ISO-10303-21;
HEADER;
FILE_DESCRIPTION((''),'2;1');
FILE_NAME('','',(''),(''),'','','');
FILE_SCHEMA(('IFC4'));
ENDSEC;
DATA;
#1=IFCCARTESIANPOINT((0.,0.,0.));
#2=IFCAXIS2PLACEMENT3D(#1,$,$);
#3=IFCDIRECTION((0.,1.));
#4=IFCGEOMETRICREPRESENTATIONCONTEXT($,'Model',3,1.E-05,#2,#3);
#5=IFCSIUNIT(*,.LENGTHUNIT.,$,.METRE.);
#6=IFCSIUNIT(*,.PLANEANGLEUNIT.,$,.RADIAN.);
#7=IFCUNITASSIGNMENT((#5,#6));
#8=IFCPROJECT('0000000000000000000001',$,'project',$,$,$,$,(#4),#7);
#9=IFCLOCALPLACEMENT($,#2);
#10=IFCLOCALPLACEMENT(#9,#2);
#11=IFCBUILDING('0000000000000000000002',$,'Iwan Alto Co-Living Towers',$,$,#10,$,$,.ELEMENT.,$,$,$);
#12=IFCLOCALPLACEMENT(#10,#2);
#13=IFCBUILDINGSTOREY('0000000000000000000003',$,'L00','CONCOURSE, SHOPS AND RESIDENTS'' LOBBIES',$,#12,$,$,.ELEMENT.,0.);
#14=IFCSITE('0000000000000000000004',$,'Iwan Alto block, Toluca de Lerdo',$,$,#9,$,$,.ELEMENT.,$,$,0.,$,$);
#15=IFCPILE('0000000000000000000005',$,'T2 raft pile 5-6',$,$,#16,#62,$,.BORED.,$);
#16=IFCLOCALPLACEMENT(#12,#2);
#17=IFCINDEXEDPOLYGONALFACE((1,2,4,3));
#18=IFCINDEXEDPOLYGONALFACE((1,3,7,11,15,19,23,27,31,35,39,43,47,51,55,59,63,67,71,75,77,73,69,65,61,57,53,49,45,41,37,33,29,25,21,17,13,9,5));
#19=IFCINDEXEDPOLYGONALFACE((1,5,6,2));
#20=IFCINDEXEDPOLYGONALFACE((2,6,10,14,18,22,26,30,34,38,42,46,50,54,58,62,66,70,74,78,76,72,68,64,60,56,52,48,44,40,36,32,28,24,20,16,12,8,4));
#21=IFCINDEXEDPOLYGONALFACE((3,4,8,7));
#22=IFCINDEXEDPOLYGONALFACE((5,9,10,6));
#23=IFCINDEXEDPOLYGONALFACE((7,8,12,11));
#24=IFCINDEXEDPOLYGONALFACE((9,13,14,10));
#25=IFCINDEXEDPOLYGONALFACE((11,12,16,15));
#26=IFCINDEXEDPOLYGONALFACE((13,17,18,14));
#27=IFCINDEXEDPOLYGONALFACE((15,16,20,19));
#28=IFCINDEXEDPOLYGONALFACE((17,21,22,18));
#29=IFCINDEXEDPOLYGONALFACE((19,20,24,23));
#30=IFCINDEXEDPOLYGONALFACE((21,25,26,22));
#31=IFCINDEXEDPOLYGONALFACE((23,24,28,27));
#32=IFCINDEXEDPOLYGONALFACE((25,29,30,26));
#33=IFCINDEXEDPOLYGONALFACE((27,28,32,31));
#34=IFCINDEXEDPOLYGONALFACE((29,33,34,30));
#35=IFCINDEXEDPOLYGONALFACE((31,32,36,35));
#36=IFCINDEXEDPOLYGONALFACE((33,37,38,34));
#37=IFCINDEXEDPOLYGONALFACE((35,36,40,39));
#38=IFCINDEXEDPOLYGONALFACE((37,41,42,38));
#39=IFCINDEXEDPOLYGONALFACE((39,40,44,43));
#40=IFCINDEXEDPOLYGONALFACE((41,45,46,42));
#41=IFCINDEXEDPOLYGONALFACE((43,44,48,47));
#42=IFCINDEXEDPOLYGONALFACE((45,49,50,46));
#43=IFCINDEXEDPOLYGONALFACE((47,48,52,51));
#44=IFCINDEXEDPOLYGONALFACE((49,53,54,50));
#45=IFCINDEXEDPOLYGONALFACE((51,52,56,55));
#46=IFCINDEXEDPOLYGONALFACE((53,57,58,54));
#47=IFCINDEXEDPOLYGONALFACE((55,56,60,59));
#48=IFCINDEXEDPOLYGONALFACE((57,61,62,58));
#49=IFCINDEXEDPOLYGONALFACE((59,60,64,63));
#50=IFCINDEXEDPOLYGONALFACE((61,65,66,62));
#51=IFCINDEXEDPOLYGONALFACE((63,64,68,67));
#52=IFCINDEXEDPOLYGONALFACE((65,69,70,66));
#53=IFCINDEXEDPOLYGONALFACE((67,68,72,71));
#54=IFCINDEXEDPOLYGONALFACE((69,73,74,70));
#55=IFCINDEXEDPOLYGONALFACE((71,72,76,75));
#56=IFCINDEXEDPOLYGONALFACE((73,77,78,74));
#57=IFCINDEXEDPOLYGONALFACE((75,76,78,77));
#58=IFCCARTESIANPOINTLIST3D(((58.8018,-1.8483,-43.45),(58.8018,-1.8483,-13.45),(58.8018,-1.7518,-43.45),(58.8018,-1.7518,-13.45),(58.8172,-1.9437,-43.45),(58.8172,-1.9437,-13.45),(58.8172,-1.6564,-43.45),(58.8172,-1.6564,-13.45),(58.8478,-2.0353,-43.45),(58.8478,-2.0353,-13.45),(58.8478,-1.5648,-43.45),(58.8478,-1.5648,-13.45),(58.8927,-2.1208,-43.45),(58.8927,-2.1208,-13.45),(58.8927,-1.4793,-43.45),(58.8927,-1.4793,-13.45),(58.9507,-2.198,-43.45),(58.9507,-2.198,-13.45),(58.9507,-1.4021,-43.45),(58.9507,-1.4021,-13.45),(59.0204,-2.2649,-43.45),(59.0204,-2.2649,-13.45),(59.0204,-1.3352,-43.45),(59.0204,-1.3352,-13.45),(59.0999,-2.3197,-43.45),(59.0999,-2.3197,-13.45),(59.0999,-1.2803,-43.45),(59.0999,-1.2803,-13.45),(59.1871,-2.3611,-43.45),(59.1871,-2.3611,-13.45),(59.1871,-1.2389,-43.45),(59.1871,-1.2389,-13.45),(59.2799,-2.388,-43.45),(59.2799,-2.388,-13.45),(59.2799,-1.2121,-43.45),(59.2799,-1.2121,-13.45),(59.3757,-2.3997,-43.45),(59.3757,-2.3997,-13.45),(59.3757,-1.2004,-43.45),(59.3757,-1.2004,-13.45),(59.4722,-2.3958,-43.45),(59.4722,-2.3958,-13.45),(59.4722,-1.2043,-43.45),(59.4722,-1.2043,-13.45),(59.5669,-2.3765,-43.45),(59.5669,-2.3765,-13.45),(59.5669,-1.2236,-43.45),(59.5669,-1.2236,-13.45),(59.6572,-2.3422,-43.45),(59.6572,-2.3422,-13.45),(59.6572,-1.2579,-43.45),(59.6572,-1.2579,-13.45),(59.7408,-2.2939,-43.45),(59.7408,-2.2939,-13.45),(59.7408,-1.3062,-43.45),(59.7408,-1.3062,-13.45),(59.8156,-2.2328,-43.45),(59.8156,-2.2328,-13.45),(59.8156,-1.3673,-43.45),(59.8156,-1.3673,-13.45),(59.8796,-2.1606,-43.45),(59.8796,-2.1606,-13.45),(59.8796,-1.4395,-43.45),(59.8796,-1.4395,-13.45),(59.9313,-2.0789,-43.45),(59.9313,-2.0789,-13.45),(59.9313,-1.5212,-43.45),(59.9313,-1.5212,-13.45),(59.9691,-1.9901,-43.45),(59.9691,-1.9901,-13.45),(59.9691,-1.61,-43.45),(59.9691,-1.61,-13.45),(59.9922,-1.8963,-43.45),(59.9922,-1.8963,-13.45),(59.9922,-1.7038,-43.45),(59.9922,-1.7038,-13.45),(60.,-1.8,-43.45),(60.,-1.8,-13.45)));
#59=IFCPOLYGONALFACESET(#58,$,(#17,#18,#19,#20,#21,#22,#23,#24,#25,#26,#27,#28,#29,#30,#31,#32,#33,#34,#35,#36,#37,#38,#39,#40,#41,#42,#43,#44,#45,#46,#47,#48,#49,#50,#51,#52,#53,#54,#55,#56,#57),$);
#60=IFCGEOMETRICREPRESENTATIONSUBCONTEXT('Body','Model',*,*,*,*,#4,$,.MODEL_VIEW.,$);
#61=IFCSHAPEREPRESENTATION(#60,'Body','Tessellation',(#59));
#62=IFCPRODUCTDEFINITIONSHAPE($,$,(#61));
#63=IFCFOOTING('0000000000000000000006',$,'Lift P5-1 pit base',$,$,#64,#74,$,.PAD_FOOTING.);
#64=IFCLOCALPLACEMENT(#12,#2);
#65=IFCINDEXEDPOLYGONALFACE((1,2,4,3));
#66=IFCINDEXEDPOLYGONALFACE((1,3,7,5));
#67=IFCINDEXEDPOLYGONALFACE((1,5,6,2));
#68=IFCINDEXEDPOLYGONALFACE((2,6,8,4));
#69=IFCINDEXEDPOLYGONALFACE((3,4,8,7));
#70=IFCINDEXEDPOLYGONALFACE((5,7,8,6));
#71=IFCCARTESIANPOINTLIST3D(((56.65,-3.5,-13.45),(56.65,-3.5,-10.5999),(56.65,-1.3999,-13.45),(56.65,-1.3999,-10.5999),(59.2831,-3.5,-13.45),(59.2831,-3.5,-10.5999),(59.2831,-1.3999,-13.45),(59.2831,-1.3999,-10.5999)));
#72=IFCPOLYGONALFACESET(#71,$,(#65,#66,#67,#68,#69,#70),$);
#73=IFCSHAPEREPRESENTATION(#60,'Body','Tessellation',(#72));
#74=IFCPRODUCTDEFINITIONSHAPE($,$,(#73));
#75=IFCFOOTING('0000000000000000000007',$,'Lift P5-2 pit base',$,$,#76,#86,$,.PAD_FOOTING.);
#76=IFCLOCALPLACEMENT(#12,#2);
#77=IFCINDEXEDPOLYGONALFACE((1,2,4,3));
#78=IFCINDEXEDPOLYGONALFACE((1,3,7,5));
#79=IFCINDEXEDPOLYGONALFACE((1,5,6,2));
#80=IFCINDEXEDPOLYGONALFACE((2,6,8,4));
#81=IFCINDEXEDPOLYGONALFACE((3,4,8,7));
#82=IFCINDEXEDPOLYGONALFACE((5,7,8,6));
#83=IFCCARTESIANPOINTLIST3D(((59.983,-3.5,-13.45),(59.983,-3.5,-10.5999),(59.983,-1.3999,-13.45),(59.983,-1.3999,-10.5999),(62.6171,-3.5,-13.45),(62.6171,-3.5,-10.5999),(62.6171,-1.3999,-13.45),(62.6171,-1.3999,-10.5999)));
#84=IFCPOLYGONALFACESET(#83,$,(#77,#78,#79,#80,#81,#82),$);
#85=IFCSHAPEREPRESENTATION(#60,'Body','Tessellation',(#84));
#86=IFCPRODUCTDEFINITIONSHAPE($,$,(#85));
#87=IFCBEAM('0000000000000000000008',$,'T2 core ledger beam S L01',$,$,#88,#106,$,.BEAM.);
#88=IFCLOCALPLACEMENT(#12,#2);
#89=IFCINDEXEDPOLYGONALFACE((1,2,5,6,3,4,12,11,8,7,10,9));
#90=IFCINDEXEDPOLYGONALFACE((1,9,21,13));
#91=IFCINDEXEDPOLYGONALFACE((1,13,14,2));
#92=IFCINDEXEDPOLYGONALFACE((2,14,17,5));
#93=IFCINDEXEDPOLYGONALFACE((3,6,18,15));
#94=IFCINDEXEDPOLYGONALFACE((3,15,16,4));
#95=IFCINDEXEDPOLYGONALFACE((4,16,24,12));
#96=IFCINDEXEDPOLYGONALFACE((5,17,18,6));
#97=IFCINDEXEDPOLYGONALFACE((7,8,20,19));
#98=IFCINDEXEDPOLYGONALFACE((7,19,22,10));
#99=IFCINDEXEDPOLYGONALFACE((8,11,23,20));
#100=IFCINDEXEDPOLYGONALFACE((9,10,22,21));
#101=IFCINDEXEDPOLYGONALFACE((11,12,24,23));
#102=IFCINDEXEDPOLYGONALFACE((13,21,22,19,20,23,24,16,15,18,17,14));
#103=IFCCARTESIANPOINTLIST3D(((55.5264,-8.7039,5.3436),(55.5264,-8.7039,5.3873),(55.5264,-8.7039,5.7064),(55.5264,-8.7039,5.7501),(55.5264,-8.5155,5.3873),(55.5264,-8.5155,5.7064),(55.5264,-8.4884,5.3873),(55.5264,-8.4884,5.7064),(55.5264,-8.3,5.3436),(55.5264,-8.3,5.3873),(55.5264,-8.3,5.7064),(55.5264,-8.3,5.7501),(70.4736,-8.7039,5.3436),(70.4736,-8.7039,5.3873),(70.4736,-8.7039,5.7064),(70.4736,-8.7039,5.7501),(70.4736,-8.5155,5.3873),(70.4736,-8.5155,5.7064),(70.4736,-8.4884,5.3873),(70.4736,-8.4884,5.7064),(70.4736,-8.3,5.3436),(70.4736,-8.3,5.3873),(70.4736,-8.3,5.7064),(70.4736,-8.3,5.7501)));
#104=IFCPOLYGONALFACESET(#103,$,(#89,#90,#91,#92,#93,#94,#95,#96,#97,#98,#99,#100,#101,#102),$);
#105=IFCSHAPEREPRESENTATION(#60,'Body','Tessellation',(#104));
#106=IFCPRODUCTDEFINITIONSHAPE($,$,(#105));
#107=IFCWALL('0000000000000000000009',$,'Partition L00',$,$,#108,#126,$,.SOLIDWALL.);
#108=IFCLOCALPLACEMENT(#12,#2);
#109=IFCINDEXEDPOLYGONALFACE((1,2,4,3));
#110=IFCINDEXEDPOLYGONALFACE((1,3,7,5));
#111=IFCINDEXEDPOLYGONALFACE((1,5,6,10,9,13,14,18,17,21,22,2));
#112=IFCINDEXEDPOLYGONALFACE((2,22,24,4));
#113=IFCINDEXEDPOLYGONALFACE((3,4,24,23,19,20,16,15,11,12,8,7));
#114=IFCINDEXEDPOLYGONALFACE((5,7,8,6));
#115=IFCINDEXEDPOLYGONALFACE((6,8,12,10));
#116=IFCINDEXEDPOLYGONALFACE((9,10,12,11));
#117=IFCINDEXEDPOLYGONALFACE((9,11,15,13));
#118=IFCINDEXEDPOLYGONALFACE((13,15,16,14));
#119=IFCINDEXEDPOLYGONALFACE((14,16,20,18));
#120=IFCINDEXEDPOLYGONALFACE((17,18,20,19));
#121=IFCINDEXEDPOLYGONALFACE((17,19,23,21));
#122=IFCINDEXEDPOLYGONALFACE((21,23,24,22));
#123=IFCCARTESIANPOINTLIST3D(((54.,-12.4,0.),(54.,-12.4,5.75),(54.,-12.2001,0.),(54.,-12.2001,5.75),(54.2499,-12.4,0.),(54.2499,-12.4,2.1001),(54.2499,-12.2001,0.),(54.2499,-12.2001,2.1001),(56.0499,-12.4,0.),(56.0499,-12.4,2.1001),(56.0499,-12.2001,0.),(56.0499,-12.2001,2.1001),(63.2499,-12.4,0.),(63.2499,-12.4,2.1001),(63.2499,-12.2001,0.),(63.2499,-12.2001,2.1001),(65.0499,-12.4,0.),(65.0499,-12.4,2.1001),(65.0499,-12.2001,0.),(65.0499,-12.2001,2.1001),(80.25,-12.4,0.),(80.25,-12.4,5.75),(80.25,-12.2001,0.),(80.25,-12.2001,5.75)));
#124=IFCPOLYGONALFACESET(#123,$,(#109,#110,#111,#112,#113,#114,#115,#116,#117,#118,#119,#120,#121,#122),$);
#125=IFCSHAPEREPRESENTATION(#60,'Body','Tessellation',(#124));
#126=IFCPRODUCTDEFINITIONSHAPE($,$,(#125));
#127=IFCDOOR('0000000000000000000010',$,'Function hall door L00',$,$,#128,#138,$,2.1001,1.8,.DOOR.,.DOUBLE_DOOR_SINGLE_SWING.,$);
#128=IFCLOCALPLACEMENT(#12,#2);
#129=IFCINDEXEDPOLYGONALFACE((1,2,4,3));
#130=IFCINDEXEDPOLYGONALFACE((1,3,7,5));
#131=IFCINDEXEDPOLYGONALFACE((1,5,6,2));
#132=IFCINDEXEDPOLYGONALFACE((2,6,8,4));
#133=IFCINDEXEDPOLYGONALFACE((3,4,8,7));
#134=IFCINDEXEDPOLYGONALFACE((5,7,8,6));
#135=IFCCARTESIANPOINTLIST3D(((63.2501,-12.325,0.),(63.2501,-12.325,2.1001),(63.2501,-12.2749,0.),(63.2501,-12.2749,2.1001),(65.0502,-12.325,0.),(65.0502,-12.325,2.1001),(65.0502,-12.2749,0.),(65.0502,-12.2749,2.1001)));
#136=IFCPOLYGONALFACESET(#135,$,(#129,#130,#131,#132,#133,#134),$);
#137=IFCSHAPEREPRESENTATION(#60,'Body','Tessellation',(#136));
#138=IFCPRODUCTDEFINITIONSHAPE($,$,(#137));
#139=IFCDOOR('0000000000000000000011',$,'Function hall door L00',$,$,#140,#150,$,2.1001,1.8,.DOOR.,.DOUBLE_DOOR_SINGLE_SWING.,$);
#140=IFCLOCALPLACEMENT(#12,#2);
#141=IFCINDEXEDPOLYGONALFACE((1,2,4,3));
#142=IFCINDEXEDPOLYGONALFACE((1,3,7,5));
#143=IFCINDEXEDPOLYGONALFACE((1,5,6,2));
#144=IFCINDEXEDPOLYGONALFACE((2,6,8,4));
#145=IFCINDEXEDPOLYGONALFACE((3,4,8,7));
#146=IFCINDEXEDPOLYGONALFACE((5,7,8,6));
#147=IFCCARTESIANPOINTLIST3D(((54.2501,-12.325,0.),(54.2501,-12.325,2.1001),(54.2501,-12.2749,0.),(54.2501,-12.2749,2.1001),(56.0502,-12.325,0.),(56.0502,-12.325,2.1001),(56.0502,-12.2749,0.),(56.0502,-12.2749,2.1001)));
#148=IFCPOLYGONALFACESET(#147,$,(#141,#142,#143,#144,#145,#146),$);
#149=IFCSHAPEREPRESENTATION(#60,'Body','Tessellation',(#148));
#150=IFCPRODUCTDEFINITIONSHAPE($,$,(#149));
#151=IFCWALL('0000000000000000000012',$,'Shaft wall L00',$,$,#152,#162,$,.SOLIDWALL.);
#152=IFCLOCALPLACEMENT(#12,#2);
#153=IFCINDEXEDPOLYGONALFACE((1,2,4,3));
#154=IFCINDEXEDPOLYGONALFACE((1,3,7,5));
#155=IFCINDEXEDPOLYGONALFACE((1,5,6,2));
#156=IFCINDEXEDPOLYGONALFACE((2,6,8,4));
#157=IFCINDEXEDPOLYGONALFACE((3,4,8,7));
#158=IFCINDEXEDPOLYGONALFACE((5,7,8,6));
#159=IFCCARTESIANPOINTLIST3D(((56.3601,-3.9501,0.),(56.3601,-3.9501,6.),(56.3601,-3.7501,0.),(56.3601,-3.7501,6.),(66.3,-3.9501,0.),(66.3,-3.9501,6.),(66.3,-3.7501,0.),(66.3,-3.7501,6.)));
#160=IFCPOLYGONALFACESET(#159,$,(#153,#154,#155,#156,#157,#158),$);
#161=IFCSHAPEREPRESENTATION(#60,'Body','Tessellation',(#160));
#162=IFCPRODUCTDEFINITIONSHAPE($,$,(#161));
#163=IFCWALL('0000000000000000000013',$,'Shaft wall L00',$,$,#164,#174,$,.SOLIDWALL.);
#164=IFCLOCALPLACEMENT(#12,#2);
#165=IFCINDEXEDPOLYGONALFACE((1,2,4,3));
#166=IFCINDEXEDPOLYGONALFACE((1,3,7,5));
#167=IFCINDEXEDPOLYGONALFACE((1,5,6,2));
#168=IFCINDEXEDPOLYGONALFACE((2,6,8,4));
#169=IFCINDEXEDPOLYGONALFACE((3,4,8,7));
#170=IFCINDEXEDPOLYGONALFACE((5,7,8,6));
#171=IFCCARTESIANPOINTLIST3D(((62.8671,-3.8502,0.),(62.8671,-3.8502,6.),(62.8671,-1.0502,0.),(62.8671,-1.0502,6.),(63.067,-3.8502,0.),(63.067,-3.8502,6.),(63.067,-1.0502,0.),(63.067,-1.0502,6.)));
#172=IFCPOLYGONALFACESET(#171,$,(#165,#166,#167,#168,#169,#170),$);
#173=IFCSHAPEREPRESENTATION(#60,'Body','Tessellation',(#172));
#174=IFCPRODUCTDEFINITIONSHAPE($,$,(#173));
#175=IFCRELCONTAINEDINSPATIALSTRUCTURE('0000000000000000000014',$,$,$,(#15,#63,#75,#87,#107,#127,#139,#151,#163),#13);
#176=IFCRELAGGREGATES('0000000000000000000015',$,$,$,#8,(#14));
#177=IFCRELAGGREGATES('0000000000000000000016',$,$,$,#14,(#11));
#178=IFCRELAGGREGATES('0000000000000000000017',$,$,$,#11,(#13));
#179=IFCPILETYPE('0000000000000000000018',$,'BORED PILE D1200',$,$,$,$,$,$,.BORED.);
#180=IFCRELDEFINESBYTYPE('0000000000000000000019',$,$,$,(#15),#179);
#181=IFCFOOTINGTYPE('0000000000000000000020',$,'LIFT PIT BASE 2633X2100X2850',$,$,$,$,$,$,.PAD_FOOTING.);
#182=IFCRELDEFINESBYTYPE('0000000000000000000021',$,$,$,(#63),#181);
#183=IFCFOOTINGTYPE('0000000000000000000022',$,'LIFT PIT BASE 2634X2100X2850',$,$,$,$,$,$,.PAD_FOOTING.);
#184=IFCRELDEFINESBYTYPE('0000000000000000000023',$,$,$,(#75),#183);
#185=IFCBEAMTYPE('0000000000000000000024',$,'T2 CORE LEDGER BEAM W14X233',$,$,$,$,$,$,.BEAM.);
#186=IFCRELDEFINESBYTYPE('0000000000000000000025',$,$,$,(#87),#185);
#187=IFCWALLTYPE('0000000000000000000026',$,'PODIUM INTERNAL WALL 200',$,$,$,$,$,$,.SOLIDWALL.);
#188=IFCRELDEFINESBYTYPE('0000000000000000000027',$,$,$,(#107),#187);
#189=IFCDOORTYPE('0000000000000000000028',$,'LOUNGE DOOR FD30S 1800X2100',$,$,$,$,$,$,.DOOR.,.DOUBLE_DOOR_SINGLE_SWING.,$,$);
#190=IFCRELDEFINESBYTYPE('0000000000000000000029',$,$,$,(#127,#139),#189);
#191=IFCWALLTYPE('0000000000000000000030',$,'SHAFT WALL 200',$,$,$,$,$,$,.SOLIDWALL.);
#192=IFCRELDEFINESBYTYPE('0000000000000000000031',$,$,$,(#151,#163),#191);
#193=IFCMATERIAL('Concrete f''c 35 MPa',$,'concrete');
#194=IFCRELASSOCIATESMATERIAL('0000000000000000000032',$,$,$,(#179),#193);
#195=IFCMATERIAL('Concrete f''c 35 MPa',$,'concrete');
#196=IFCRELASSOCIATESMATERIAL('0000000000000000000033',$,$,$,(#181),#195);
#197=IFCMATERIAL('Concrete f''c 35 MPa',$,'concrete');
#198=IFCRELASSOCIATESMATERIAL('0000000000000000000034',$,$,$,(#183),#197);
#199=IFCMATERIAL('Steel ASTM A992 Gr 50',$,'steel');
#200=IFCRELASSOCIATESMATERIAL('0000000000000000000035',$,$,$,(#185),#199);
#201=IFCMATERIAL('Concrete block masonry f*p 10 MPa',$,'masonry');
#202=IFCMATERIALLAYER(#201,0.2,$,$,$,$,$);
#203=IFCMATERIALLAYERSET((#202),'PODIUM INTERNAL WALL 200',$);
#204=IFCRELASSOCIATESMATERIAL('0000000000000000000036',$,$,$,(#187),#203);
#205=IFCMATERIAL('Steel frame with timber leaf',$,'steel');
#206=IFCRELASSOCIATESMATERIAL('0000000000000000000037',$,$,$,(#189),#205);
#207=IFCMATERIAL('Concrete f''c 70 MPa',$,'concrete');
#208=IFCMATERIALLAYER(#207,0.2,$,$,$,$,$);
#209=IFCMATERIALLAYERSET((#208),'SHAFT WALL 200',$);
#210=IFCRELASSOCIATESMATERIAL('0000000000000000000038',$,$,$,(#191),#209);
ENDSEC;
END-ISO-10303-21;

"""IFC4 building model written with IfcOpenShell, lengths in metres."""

from ifc_helpers import new_model, si_unit, direction, frame, frame_2d, origin, origin_2d, place, context, subcontext, project, spatial, rectangle, circle, i_section, extrude, material, layer, layer_set, material_profile, profile_set, type_object, element, fill, save


model = new_model("IFC4")

# Units and contexts
model_context = context("Model", 3, precision=1e-05, world=origin(), true_north=direction((0.0, 1.0)))
body_context = subcontext(model_context, "Body", "Model", "MODEL_VIEW")
ifc_project = project(units=[si_unit("LENGTHUNIT", "METRE"), si_unit("PLANEANGLEUNIT", "RADIAN")], contexts=[model_context])

# Site, building, storey
site_placement = place(None, origin())
site = spatial("IfcSite", under=ifc_project, at=site_placement, Name="Iwan Alto block, Toluca de Lerdo", CompositionType="ELEMENT", RefElevation=0.0)
building_placement = place(site_placement, origin())
building = spatial("IfcBuilding", under=site, at=building_placement, Name="Iwan Alto Co-Living Towers", CompositionType="ELEMENT")
storey_placement = place(building_placement, origin())
storey = spatial("IfcBuildingStorey", under=building, at=storey_placement, Name="L00", Description="CONCOURSE, SHOPS AND RESIDENTS' LOBBIES", CompositionType="ELEMENT", Elevation=0.0)

# Pile
ifc_material_1 = material(Name="Concrete f'c 35 MPa", Category="concrete")
ifc_material_profile_1 = material_profile(ifc_material_1, circle(Radius=0.6001, at=origin_2d()), Name="D1200")
ifc_profile_set_1 = profile_set([ifc_material_profile_1], Name="Concrete f'c 35 MPa")
pile_type = type_object("IfcPileType", Name="BORED PILE D1200", PredefinedType="BORED", material=ifc_profile_set_1)
for number, where, z_axis, x_axis, name in (
    (1, (59.3999, -1.8, -13.45), (0.0, 0.0, -1.0), (1.0, 0.0, 0.0), "T2 raft pile 5-6"),
):
    element("IfcPile", number, at=place(storey_placement, frame(where, z_axis=z_axis, x_axis=x_axis)), inside=storey, type_object=pile_type, Name=name, PredefinedType="BORED", context=body_context, shape_type="SweptSolid", body=[
        extrude(circle(Radius=0.6001, at=origin_2d()), origin(), (0.0, 0.0, 1.0), 30.0),
    ])

# Footings
ifc_material_2 = material(Name="Concrete f'c 35 MPa", Category="concrete")
footing_type_1 = type_object("IfcFootingType", Name="LIFT PIT BASE 2633X2100X2850", PredefinedType="PAD_FOOTING", material=ifc_material_2)
footing_1_placement = place(storey_placement, frame((57.9666, -2.45, -13.45), z_axis=(0.0, 0.0, 1.0), x_axis=(1.0, 0.0, 0.0)))
element("IfcFooting", 2, at=footing_1_placement, inside=storey, type_object=footing_type_1, Name="Lift P5-1 pit base", PredefinedType="PAD_FOOTING", context=body_context, shape_type="SweptSolid", body=[
    extrude(rectangle(XDim=2.6331, YDim=2.1001, at=origin_2d()), origin(), (0.0, 0.0, 1.0), 2.8501),
])
ifc_material_3 = material(Name="Concrete f'c 35 MPa", Category="concrete")
footing_type_2 = type_object("IfcFootingType", Name="LIFT PIT BASE 2634X2100X2850", PredefinedType="PAD_FOOTING", material=ifc_material_3)
footing_2_placement = place(storey_placement, frame((61.3, -2.45, -13.45), z_axis=(0.0, 0.0, 1.0), x_axis=(1.0, 0.0, 0.0)))
element("IfcFooting", 3, at=footing_2_placement, inside=storey, type_object=footing_type_2, Name="Lift P5-2 pit base", PredefinedType="PAD_FOOTING", context=body_context, shape_type="SweptSolid", body=[
    extrude(rectangle(XDim=2.634, YDim=2.1001, at=origin_2d()), origin(), (0.0, 0.0, 1.0), 2.8501),
])

# Beam
ifc_material_4 = material(Name="Steel ASTM A992 Gr 50", Category="steel")
ifc_material_profile_2 = material_profile(ifc_material_4, i_section(OverallWidth=0.4038, OverallDepth=0.4065, WebThickness=0.0271, FlangeThickness=0.0437, at=origin_2d()), Name="W14X233")
ifc_profile_set_2 = profile_set([ifc_material_profile_2], Name="Steel ASTM A992 Gr 50")
beam_type = type_object("IfcBeamType", Name="T2 CORE LEDGER BEAM W14X233", PredefinedType="BEAM", material=ifc_profile_set_2)
beam_placement = place(storey_placement, frame((55.5264, -8.502, 5.5469), z_axis=(1.0, 0.0, 0.0), x_axis=(0.0, 1.0, 0.0)))
element("IfcBeam", 4, at=beam_placement, inside=storey, type_object=beam_type, Name="T2 core ledger beam S L01", PredefinedType="BEAM", context=body_context, shape_type="SweptSolid", body=[
    extrude(i_section(OverallWidth=0.4038, OverallDepth=0.4065, WebThickness=0.0271, FlangeThickness=0.0437, at=origin_2d()), origin(), (0.0, 0.0, 1.0), 14.9473),
])

# Wall, openings, doors
ifc_material_5 = material(Name="Concrete block masonry f*p 10 MPa", Category="masonry")
ifc_layer_1 = layer(ifc_material_5, 0.2)
ifc_layer_set_1 = layer_set([ifc_layer_1], Name="PODIUM INTERNAL WALL 200")
wall_type_1 = type_object("IfcWallType", Name="PODIUM INTERNAL WALL 200", PredefinedType="SOLIDWALL", material=ifc_layer_set_1)
wall_1_placement = place(storey_placement, frame((54.0, -12.3, 0.0), z_axis=(0.0, 0.0, 1.0), x_axis=(1.0, 0.0, 0.0)))
wall_1 = element("IfcWall", 5, at=wall_1_placement, inside=storey, type_object=wall_type_1, Name="Partition L00", PredefinedType="SOLIDWALL", context=body_context, shape_type="SweptSolid", body=[
    extrude(rectangle(XDim=26.25, YDim=0.2, at=frame_2d((13.125, 0.0))), origin(), (0.0, 0.0, 1.0), 5.75),
])
opening_1_placement = place(wall_1_placement, frame((9.25, 0.0, 0.0)))
opening_1 = element("IfcOpeningElement", 6, at=opening_1_placement, cuts=wall_1, PredefinedType="OPENING", context=body_context, shape_type="SweptSolid", body=[
    extrude(rectangle(XDim=1.8, YDim=2.1001, at=frame_2d((0.8999, 1.05))), frame((0.0, 0.1099, 0.0), z_axis=(0.0, -1.0, 0.0), x_axis=(1.0, 0.0, 0.0)), (0.0, 0.0, 1.0), 0.22),
])
opening_2_placement = place(wall_1_placement, frame((0.25, 0.0, 0.0)))
opening_2 = element("IfcOpeningElement", 7, at=opening_2_placement, cuts=wall_1, PredefinedType="OPENING", context=body_context, shape_type="SweptSolid", body=[
    extrude(rectangle(XDim=1.8, YDim=2.1001, at=frame_2d((0.8999, 1.05))), frame((0.0, 0.1099, 0.0), z_axis=(0.0, -1.0, 0.0), x_axis=(1.0, 0.0, 0.0)), (0.0, 0.0, 1.0), 0.22),
])
ifc_material_6 = material(Name="Steel frame with timber leaf", Category="steel")
door_type_1 = type_object("IfcDoorType", Name="LOUNGE DOOR FD30S 1800X2100", OperationType="DOUBLE_DOOR_SINGLE_SWING", PredefinedType="DOOR", material=ifc_material_6)
door_1_placement = place(opening_1_placement, frame((1.8, 0.0, 0.0), z_axis=(0.0, 0.0, 1.0), x_axis=(-1.0, 0.0, 0.0)))
door_1 = element("IfcDoor", 8, at=door_1_placement, inside=storey, type_object=door_type_1, Name="Function hall door L00", OperationType="DOUBLE_DOOR_SINGLE_SWING", OverallHeight=2.1001, OverallWidth=1.8, PredefinedType="DOOR", context=body_context, shape_type="SweptSolid", body=[
    extrude(rectangle(XDim=1.8, YDim=2.1001, at=frame_2d((0.8999, 1.05))), frame((0.0, 0.0249, 0.0), z_axis=(0.0, -1.0, 0.0), x_axis=(1.0, 0.0, 0.0)), (0.0, 0.0, 1.0), 0.05),
])
fill(opening_1, door_1)
door_2_placement = place(opening_2_placement, frame((1.8, 0.0, 0.0), z_axis=(0.0, 0.0, 1.0), x_axis=(-1.0, 0.0, 0.0)))
door_2 = element("IfcDoor", 9, at=door_2_placement, inside=storey, type_object=door_type_1, Name="Function hall door L00", OperationType="DOUBLE_DOOR_SINGLE_SWING", OverallHeight=2.1001, OverallWidth=1.8, PredefinedType="DOOR", context=body_context, shape_type="SweptSolid", body=[
    extrude(rectangle(XDim=1.8, YDim=2.1001, at=frame_2d((0.8999, 1.05))), frame((0.0, 0.0249, 0.0), z_axis=(0.0, -1.0, 0.0), x_axis=(1.0, 0.0, 0.0)), (0.0, 0.0, 1.0), 0.05),
])
fill(opening_2, door_2)

# Walls
ifc_material_7 = material(Name="Concrete f'c 70 MPa", Category="concrete")
ifc_layer_2 = layer(ifc_material_7, 0.2)
ifc_layer_set_2 = layer_set([ifc_layer_2], Name="SHAFT WALL 200")
wall_type_2 = type_object("IfcWallType", Name="SHAFT WALL 200", PredefinedType="SOLIDWALL", material=ifc_layer_set_2)
wall_2_placement = place(storey_placement, frame((56.3601, -3.8501, 0.0), z_axis=(0.0, 0.0, 1.0), x_axis=(1.0, 0.0, 0.0)))
element("IfcWall", 10, at=wall_2_placement, inside=storey, type_object=wall_type_2, Name="Shaft wall L00", PredefinedType="SOLIDWALL", context=body_context, shape_type="SweptSolid", body=[
    extrude(rectangle(XDim=9.9399, YDim=0.2, at=frame_2d((4.97, 0.0))), origin(), (0.0, 0.0, 1.0), 6.0),
])
wall_3_placement = place(storey_placement, frame((62.967, -3.8501, 0.0), z_axis=(0.0, 0.0, 1.0), x_axis=(0.0, 1.0, 0.0)))
element("IfcWall", 11, at=wall_3_placement, inside=storey, type_object=wall_type_2, Name="Shaft wall L00", PredefinedType="SOLIDWALL", context=body_context, shape_type="SweptSolid", body=[
    extrude(rectangle(XDim=2.8, YDim=0.2, at=frame_2d((1.3999, 0.0))), origin(), (0.0, 0.0, 1.0), 6.0),
])

save(model, "model.ifc")
